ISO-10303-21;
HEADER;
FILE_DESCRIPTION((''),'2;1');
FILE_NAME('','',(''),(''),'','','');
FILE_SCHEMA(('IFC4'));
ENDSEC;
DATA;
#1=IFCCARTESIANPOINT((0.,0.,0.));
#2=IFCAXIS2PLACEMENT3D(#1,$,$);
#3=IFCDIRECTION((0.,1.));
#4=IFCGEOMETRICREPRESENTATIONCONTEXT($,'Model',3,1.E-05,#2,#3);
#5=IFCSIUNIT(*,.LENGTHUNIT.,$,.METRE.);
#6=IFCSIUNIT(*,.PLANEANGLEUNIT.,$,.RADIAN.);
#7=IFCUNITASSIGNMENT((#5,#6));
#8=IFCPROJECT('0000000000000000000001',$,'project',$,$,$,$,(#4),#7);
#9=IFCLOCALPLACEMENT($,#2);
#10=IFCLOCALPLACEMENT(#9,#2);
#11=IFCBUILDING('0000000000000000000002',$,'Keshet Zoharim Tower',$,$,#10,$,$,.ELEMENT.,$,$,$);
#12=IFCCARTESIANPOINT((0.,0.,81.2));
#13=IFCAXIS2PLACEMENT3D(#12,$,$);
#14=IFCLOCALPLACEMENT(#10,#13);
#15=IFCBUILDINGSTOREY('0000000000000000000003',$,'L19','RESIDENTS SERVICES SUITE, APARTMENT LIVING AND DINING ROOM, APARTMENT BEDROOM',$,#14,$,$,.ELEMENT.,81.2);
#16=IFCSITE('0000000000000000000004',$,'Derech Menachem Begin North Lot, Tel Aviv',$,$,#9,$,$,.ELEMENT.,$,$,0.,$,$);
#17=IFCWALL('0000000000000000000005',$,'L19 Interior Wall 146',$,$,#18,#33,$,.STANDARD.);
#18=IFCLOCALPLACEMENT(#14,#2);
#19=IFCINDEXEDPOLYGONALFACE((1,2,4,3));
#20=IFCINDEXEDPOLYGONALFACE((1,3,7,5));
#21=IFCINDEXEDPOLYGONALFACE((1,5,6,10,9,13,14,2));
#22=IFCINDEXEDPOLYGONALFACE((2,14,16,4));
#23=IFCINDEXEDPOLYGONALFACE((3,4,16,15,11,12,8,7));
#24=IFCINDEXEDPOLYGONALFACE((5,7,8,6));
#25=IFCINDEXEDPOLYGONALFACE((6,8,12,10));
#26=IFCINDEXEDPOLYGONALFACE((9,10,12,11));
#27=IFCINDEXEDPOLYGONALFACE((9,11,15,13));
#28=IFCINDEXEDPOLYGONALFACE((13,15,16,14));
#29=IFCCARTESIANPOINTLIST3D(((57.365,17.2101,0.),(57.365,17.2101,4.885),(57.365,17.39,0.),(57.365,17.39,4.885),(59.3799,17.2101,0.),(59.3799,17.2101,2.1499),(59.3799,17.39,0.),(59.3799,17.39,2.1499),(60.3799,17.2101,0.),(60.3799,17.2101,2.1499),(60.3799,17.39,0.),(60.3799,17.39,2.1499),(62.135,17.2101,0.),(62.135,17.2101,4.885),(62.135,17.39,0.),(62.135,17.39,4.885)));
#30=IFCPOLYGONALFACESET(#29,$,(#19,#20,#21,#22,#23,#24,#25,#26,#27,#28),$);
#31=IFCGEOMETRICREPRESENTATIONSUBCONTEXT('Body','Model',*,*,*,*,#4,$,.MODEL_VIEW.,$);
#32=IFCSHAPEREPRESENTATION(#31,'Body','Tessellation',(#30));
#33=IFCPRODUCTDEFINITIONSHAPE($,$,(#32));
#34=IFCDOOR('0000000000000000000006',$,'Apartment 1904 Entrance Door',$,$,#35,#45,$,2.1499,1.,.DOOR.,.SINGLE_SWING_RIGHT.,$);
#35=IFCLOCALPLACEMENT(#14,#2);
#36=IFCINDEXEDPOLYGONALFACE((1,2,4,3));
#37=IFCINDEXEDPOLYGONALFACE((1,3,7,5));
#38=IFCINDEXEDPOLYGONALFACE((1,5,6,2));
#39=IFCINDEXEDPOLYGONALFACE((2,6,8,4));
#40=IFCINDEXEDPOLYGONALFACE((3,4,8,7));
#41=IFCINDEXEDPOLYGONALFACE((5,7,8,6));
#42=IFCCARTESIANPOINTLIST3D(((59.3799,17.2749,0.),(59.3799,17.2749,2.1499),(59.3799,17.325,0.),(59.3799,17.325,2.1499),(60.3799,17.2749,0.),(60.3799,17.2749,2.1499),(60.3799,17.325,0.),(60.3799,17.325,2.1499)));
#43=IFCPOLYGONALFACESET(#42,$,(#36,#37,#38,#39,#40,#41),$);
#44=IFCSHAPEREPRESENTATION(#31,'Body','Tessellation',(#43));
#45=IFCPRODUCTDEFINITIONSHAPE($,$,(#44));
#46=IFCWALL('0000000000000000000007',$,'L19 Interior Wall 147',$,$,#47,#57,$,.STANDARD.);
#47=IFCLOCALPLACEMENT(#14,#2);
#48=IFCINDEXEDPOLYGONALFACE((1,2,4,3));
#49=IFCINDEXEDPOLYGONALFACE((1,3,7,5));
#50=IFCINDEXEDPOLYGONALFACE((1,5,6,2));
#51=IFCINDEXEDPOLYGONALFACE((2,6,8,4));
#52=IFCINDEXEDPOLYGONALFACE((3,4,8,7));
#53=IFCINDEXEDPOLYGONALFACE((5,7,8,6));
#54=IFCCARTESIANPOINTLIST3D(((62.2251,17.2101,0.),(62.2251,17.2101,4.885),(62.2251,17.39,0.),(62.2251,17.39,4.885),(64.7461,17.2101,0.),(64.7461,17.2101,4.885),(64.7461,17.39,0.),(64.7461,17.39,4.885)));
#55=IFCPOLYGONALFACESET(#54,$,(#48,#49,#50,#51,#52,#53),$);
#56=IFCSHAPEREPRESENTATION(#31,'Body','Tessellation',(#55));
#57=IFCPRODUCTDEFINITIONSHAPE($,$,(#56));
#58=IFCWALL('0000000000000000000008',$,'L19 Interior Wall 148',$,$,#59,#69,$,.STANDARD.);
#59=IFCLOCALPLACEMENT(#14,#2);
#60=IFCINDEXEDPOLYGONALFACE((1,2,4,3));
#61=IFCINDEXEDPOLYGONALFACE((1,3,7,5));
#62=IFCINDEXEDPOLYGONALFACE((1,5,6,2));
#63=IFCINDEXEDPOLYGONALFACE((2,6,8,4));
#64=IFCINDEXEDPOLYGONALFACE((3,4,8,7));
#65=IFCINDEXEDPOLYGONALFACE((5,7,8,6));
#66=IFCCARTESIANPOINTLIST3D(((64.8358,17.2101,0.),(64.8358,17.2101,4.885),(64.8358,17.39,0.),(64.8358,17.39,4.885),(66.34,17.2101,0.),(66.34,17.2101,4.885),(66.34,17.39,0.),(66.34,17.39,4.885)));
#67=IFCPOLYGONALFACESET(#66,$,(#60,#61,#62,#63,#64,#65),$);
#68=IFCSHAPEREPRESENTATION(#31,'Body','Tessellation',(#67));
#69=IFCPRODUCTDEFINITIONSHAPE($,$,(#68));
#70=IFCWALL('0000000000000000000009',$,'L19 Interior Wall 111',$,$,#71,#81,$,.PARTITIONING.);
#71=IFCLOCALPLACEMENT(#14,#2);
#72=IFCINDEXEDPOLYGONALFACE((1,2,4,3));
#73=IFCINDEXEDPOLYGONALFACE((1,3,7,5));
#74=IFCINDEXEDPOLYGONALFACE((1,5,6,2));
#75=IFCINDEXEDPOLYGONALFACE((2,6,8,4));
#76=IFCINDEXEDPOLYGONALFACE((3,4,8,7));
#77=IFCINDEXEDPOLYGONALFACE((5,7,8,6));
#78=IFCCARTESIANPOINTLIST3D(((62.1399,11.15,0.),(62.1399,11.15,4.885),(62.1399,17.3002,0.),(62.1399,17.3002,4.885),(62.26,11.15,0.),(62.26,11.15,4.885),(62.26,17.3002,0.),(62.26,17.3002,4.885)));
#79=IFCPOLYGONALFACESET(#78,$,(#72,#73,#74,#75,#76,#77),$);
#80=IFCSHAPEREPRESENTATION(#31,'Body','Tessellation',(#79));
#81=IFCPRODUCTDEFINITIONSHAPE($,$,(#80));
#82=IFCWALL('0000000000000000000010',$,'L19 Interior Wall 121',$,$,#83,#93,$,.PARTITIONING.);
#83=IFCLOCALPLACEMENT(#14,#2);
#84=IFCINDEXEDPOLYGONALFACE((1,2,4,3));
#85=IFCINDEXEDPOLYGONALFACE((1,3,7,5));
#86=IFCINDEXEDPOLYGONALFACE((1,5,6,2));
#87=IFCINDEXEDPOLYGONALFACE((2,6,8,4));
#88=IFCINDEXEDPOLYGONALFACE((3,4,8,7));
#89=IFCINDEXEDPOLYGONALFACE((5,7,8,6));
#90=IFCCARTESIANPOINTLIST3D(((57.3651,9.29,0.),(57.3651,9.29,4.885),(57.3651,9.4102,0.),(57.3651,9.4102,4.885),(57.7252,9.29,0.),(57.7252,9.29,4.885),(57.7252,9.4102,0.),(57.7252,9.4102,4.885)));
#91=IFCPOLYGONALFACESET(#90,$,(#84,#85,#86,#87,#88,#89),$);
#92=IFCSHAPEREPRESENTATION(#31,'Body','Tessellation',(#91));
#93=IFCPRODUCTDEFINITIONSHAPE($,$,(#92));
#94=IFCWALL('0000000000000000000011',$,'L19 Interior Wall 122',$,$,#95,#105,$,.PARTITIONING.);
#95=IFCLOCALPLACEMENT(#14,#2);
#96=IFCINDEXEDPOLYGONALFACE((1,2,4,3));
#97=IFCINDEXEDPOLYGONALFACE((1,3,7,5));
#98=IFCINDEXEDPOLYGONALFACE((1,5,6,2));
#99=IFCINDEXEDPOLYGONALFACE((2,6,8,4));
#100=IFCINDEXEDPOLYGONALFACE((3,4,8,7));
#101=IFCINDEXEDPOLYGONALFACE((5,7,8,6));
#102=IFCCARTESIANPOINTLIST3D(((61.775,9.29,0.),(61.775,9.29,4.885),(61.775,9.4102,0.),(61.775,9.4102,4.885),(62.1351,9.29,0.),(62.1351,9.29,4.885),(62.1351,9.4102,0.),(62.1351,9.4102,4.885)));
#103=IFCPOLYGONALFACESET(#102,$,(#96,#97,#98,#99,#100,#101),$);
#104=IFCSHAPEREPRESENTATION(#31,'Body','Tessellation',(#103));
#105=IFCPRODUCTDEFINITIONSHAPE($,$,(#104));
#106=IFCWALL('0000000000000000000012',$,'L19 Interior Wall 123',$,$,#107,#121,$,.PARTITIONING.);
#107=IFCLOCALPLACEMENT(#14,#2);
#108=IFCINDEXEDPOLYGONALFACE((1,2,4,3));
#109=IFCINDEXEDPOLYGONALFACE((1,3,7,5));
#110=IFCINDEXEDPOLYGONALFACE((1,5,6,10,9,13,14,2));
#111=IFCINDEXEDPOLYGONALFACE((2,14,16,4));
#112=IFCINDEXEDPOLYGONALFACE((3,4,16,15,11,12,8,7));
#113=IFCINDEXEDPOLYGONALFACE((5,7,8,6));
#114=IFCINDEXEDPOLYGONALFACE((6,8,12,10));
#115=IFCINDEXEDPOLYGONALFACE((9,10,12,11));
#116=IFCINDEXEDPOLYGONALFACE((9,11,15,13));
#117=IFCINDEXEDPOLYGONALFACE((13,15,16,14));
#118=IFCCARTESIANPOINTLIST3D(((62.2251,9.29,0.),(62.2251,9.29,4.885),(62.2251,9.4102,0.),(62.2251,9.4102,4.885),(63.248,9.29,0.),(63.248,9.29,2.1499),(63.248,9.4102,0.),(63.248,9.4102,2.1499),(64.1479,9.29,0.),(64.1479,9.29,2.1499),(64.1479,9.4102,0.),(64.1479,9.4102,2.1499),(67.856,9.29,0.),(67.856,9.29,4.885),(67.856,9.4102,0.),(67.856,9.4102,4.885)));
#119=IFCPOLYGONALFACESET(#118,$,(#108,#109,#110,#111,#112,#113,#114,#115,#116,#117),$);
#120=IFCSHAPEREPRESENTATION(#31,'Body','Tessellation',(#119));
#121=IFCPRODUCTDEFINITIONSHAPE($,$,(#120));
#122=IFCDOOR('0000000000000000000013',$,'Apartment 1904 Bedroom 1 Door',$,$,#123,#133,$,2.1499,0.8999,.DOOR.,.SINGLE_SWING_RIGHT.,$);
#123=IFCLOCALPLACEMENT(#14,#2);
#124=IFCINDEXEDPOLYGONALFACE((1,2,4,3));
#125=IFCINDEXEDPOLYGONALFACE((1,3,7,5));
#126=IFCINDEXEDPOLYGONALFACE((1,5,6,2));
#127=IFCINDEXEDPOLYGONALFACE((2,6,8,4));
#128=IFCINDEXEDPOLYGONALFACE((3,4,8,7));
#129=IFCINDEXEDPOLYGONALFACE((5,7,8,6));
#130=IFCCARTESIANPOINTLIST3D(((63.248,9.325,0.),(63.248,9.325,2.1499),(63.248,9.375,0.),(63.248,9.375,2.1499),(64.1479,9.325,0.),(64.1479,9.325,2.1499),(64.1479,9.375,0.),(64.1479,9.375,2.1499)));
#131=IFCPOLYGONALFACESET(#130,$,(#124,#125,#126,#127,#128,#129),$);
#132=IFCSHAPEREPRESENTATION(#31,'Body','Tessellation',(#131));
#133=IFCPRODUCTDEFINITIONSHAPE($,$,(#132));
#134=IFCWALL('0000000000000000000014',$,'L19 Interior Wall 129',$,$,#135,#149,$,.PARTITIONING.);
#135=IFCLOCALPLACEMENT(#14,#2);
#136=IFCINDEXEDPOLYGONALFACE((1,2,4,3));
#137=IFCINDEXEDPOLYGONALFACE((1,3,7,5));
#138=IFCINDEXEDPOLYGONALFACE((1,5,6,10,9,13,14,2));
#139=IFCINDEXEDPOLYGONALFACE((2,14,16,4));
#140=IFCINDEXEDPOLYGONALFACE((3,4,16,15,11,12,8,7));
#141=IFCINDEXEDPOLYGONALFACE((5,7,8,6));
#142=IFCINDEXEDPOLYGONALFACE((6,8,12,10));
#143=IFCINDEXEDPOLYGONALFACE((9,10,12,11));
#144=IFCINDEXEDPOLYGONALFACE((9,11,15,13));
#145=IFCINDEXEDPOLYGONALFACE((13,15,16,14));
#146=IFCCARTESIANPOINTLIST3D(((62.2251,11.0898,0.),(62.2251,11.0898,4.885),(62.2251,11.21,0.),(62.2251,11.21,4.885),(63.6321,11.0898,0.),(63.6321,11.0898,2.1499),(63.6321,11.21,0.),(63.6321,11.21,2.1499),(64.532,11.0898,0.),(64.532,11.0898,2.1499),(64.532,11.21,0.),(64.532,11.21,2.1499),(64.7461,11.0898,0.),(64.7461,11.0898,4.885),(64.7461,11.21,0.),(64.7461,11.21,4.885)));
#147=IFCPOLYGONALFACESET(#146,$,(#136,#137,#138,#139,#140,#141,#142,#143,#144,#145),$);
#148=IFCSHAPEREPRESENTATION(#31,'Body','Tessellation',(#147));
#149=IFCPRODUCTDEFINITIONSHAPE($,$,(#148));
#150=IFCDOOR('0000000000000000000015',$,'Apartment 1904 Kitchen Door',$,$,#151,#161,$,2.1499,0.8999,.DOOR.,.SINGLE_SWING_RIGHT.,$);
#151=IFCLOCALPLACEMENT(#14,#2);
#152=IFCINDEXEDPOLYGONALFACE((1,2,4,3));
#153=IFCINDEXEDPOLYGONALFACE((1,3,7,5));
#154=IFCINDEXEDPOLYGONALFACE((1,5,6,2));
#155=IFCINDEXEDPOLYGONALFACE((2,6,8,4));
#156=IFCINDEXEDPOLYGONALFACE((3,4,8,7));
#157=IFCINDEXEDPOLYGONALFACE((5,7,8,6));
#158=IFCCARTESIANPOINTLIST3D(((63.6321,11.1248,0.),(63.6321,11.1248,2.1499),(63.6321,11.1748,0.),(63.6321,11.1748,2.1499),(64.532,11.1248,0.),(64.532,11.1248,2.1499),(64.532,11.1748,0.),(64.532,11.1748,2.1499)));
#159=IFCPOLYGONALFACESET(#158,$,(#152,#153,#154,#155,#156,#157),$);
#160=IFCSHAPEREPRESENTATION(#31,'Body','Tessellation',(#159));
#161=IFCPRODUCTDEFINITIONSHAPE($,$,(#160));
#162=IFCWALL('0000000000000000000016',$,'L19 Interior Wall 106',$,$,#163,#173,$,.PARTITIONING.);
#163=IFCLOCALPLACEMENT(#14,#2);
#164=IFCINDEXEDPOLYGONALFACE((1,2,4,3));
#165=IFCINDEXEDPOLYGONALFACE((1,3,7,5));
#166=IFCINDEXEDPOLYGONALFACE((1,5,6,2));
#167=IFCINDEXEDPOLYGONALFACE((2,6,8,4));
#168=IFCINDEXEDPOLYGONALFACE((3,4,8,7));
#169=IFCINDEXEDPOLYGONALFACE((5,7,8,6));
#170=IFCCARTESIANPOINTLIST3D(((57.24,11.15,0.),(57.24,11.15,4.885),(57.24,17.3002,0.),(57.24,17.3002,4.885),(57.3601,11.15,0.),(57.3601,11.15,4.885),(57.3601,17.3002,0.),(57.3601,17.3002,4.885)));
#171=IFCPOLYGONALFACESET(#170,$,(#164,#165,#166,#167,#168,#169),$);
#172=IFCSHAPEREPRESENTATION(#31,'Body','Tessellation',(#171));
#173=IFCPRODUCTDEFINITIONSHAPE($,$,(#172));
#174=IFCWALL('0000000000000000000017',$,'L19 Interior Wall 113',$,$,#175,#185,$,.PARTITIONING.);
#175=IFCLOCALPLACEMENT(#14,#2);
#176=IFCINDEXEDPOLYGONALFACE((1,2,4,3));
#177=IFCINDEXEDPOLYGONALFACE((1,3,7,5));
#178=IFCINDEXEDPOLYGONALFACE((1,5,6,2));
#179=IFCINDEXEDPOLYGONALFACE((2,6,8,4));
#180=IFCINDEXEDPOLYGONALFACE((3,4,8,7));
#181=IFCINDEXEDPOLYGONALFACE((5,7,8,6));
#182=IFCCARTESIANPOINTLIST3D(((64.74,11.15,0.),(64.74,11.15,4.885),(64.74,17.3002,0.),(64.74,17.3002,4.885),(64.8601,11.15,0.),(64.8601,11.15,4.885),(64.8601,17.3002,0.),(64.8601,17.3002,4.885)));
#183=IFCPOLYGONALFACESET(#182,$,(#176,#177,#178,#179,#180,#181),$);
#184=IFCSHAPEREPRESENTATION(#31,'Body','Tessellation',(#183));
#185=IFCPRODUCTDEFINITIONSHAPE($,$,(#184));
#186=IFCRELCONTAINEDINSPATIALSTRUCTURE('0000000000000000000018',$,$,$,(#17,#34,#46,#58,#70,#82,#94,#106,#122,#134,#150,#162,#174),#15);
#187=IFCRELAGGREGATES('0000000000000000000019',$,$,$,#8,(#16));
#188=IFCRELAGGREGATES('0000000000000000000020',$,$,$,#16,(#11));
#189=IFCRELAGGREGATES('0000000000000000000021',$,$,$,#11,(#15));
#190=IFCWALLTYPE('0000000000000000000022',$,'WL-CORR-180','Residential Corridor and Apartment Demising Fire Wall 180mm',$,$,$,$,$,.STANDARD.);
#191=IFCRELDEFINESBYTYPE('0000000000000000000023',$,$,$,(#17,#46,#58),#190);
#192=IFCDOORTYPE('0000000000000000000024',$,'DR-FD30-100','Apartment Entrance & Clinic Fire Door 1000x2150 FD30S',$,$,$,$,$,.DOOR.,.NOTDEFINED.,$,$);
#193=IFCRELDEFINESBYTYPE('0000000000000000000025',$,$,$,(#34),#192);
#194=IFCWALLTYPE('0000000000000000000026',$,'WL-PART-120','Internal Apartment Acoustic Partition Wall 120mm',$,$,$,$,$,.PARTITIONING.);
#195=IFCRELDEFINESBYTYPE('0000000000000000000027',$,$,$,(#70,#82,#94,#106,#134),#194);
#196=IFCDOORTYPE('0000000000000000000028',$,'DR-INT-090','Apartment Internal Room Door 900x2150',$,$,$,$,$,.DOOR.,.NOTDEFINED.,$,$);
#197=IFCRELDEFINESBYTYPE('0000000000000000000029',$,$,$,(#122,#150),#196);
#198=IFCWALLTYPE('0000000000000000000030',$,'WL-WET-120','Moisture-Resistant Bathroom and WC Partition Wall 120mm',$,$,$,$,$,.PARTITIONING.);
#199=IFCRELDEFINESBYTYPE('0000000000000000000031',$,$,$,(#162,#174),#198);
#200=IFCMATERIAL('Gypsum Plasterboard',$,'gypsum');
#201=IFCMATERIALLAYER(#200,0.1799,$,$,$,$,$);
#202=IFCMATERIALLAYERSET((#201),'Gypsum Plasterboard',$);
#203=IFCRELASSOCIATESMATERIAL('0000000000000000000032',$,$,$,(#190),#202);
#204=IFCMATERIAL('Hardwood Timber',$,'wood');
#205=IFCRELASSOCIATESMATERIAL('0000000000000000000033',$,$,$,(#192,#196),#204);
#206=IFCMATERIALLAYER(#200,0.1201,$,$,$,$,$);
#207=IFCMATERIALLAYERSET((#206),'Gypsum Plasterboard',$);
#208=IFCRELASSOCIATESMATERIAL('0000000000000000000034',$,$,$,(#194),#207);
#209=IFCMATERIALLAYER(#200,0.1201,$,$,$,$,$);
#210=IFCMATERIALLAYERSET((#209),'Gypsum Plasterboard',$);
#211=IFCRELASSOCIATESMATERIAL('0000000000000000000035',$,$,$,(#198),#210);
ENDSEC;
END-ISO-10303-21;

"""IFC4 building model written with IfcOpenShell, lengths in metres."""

from ifc_helpers import new_model, si_unit, direction, frame, frame_2d, origin, place, context, subcontext, project, spatial, rectangle, extrude, material, layer, layer_set, type_object, element, fill, save


model = new_model("IFC4")

# Units and contexts
model_context = context("Model", 3, precision=1e-05, world=origin(), true_north=direction((0.0, 1.0)))
body_context = subcontext(model_context, "Body", "Model", "MODEL_VIEW")
ifc_project = project(units=[si_unit("LENGTHUNIT", "METRE"), si_unit("PLANEANGLEUNIT", "RADIAN")], contexts=[model_context])

# Site, building, storey
site_placement = place(None, origin())
site = spatial("IfcSite", under=ifc_project, at=site_placement, Name="Derech Menachem Begin North Lot, Tel Aviv", CompositionType="ELEMENT", RefElevation=0.0)
building_placement = place(site_placement, origin())
building = spatial("IfcBuilding", under=site, at=building_placement, Name="Keshet Zoharim Tower", CompositionType="ELEMENT")
storey_placement = place(building_placement, frame((0.0, 0.0, 81.2)))
storey = spatial("IfcBuildingStorey", under=building, at=storey_placement, Name="L19", Description="RESIDENTS SERVICES SUITE, APARTMENT LIVING AND DINING ROOM, APARTMENT BEDROOM", CompositionType="ELEMENT", Elevation=81.2)

# Wall, opening, door
ifc_material_1 = material(Name="Gypsum Plasterboard", Category="gypsum")
ifc_layer_1 = layer(ifc_material_1, 0.1799)
ifc_layer_set_1 = layer_set([ifc_layer_1], Name="Gypsum Plasterboard")
wall_type_1 = type_object("IfcWallType", Name="WL-CORR-180", Description="Residential Corridor and Apartment Demising Fire Wall 180mm", PredefinedType="STANDARD", material=ifc_layer_set_1)
wall_1_placement = place(storey_placement, frame((57.365, 17.3, 0.0), z_axis=(0.0, 0.0, 1.0), x_axis=(1.0, 0.0, 0.0)))
wall_1 = element("IfcWall", 1, at=wall_1_placement, inside=storey, type_object=wall_type_1, Name="L19 Interior Wall 146", PredefinedType="STANDARD", context=body_context, shape_type="SweptSolid", body=[
    extrude(rectangle(XDim=4.77, YDim=0.1799, at=frame_2d((2.385, 0.0))), origin(), (0.0, 0.0, 1.0), 4.885),
])
opening_1_placement = place(wall_1_placement, frame((2.0149, 0.0, 0.0)))
opening_1 = element("IfcOpeningElement", 2, at=opening_1_placement, cuts=wall_1, PredefinedType="OPENING", context=body_context, shape_type="SweptSolid", body=[
    extrude(rectangle(XDim=1.0, YDim=2.1499, at=frame_2d((0.5, 1.075))), frame((0.0, 0.1001, 0.0), z_axis=(0.0, -1.0, 0.0), x_axis=(1.0, 0.0, 0.0)), (0.0, 0.0, 1.0), 0.2),
])
ifc_material_2 = material(Name="Hardwood Timber", Category="wood")
door_type_1 = type_object("IfcDoorType", Name="DR-FD30-100", Description="Apartment Entrance & Clinic Fire Door 1000x2150 FD30S", OperationType="NOTDEFINED", PredefinedType="DOOR", material=ifc_material_2)
door_1_placement = place(opening_1_placement, origin())
door_1 = element("IfcDoor", 3, at=door_1_placement, inside=storey, type_object=door_type_1, Name="Apartment 1904 Entrance Door", OperationType="SINGLE_SWING_RIGHT", OverallHeight=2.1499, OverallWidth=1.0, PredefinedType="DOOR", context=body_context, shape_type="SweptSolid", body=[
    extrude(rectangle(XDim=1.0, YDim=2.1499, at=frame_2d((0.5, 1.075))), frame((0.0, 0.0249, 0.0), z_axis=(0.0, -1.0, 0.0), x_axis=(1.0, 0.0, 0.0)), (0.0, 0.0, 1.0), 0.05),
])
fill(opening_1, door_1)

# Walls
wall_2_placement = place(storey_placement, frame((62.2251, 17.3, 0.0), z_axis=(0.0, 0.0, 1.0), x_axis=(1.0, 0.0, 0.0)))
element("IfcWall", 4, at=wall_2_placement, inside=storey, type_object=wall_type_1, Name="L19 Interior Wall 147", PredefinedType="STANDARD", context=body_context, shape_type="SweptSolid", body=[
    extrude(rectangle(XDim=2.521, YDim=0.1799, at=frame_2d((1.2605, 0.0))), origin(), (0.0, 0.0, 1.0), 4.885),
])
wall_3_placement = place(storey_placement, frame((64.8359, 17.3, 0.0), z_axis=(0.0, 0.0, 1.0), x_axis=(1.0, 0.0, 0.0)))
element("IfcWall", 5, at=wall_3_placement, inside=storey, type_object=wall_type_1, Name="L19 Interior Wall 148", PredefinedType="STANDARD", context=body_context, shape_type="SweptSolid", body=[
    extrude(rectangle(XDim=1.5042, YDim=0.1799, at=frame_2d((0.752, 0.0))), origin(), (0.0, 0.0, 1.0), 4.885),
])
ifc_layer_2 = layer(ifc_material_1, 0.1201)
ifc_layer_set_2 = layer_set([ifc_layer_2], Name="Gypsum Plasterboard")
wall_type_2 = type_object("IfcWallType", Name="WL-PART-120", Description="Internal Apartment Acoustic Partition Wall 120mm", PredefinedType="PARTITIONING", material=ifc_layer_set_2)
wall_4_placement = place(storey_placement, frame((62.2, 11.1499, 0.0), z_axis=(0.0, 0.0, 1.0), x_axis=(0.0, 1.0, 0.0)))
element("IfcWall", 6, at=wall_4_placement, inside=storey, type_object=wall_type_2, Name="L19 Interior Wall 111", PredefinedType="PARTITIONING", context=body_context, shape_type="SweptSolid", body=[
    extrude(rectangle(XDim=6.1501, YDim=0.1201, at=frame_2d((3.0752, 0.0))), origin(), (0.0, 0.0, 1.0), 4.885),
])
for number, where, z_axis, x_axis, name in (
    (7, (57.365, 9.3501, 0.0), (0.0, 0.0, 1.0), (1.0, 0.0, 0.0), "L19 Interior Wall 121"),
    (8, (61.7749, 9.3501, 0.0), (0.0, 0.0, 1.0), (1.0, 0.0, 0.0), "L19 Interior Wall 122"),
):
    element("IfcWall", number, at=place(storey_placement, frame(where, z_axis=z_axis, x_axis=x_axis)), inside=storey, type_object=wall_type_2, Name=name, PredefinedType="PARTITIONING", context=body_context, shape_type="SweptSolid", body=[
        extrude(rectangle(XDim=0.3601, YDim=0.1201, at=frame_2d((0.1802, 0.0))), origin(), (0.0, 0.0, 1.0), 4.885),
    ])

# Walls, openings, doors
wall_5_placement = place(storey_placement, frame((62.2251, 9.3501, 0.0), z_axis=(0.0, 0.0, 1.0), x_axis=(1.0, 0.0, 0.0)))
wall_5 = element("IfcWall", 9, at=wall_5_placement, inside=storey, type_object=wall_type_2, Name="L19 Interior Wall 123", PredefinedType="PARTITIONING", context=body_context, shape_type="SweptSolid", body=[
    extrude(rectangle(XDim=5.6309, YDim=0.1201, at=frame_2d((2.8154, 0.0))), origin(), (0.0, 0.0, 1.0), 4.885),
])
opening_2_placement = place(wall_5_placement, frame((1.0229, 0.0, 0.0)))
opening_2 = element("IfcOpeningElement", 10, at=opening_2_placement, cuts=wall_5, PredefinedType="OPENING", context=body_context, shape_type="SweptSolid", body=[
    extrude(rectangle(XDim=0.8999, YDim=2.1499, at=frame_2d((0.45, 1.075))), frame((0.0, 0.0701, 0.0), z_axis=(0.0, -1.0, 0.0), x_axis=(1.0, 0.0, 0.0)), (0.0, 0.0, 1.0), 0.1401),
])
door_type_2 = type_object("IfcDoorType", Name="DR-INT-090", Description="Apartment Internal Room Door 900x2150", OperationType="NOTDEFINED", PredefinedType="DOOR", material=ifc_material_2)
door_2_placement = place(opening_2_placement, origin())
door_2 = element("IfcDoor", 11, at=door_2_placement, inside=storey, type_object=door_type_2, Name="Apartment 1904 Bedroom 1 Door", OperationType="SINGLE_SWING_RIGHT", OverallHeight=2.1499, OverallWidth=0.8999, PredefinedType="DOOR", context=body_context, shape_type="SweptSolid", body=[
    extrude(rectangle(XDim=0.8999, YDim=2.1499, at=frame_2d((0.45, 1.075))), frame((0.0, 0.0249, 0.0), z_axis=(0.0, -1.0, 0.0), x_axis=(1.0, 0.0, 0.0)), (0.0, 0.0, 1.0), 0.05),
])
fill(opening_2, door_2)
wall_6_placement = place(storey_placement, frame((62.2251, 11.1499, 0.0), z_axis=(0.0, 0.0, 1.0), x_axis=(1.0, 0.0, 0.0)))
wall_6 = element("IfcWall", 12, at=wall_6_placement, inside=storey, type_object=wall_type_2, Name="L19 Interior Wall 129", PredefinedType="PARTITIONING", context=body_context, shape_type="SweptSolid", body=[
    extrude(rectangle(XDim=2.521, YDim=0.1201, at=frame_2d((1.2605, 0.0))), origin(), (0.0, 0.0, 1.0), 4.885),
])
opening_3_placement = place(wall_6_placement, frame((1.407, 0.0, 0.0)))
opening_3 = element("IfcOpeningElement", 13, at=opening_3_placement, cuts=wall_6, PredefinedType="OPENING", context=body_context, shape_type="SweptSolid", body=[
    extrude(rectangle(XDim=0.8999, YDim=2.1499, at=frame_2d((0.45, 1.075))), frame((0.0, 0.0701, 0.0), z_axis=(0.0, -1.0, 0.0), x_axis=(1.0, 0.0, 0.0)), (0.0, 0.0, 1.0), 0.1401),
])
door_3_placement = place(opening_3_placement, origin())
door_3 = element("IfcDoor", 14, at=door_3_placement, inside=storey, type_object=door_type_2, Name="Apartment 1904 Kitchen Door", OperationType="SINGLE_SWING_RIGHT", OverallHeight=2.1499, OverallWidth=0.8999, PredefinedType="DOOR", context=body_context, shape_type="SweptSolid", body=[
    extrude(rectangle(XDim=0.8999, YDim=2.1499, at=frame_2d((0.45, 1.075))), frame((0.0, 0.0249, 0.0), z_axis=(0.0, -1.0, 0.0), x_axis=(1.0, 0.0, 0.0)), (0.0, 0.0, 1.0), 0.05),
])
fill(opening_3, door_3)

# Walls
ifc_layer_3 = layer(ifc_material_1, 0.1201)
ifc_layer_set_3 = layer_set([ifc_layer_3], Name="Gypsum Plasterboard")
wall_type_3 = type_object("IfcWallType", Name="WL-WET-120", Description="Moisture-Resistant Bathroom and WC Partition Wall 120mm", PredefinedType="PARTITIONING", material=ifc_layer_set_3)
for number, where, z_axis, x_axis, name in (
    (15, (57.3, 11.1499, 0.0), (0.0, 0.0, 1.0), (0.0, 1.0, 0.0), "L19 Interior Wall 106"),
    (16, (64.8, 11.1499, 0.0), (0.0, 0.0, 1.0), (0.0, 1.0, 0.0), "L19 Interior Wall 113"),
):
    element("IfcWall", number, at=place(storey_placement, frame(where, z_axis=z_axis, x_axis=x_axis)), inside=storey, type_object=wall_type_3, Name=name, PredefinedType="PARTITIONING", context=body_context, shape_type="SweptSolid", body=[
        extrude(rectangle(XDim=6.1501, YDim=0.1201, at=frame_2d((3.0752, 0.0))), origin(), (0.0, 0.0, 1.0), 4.885),
    ])

save(model, "model.ifc")
